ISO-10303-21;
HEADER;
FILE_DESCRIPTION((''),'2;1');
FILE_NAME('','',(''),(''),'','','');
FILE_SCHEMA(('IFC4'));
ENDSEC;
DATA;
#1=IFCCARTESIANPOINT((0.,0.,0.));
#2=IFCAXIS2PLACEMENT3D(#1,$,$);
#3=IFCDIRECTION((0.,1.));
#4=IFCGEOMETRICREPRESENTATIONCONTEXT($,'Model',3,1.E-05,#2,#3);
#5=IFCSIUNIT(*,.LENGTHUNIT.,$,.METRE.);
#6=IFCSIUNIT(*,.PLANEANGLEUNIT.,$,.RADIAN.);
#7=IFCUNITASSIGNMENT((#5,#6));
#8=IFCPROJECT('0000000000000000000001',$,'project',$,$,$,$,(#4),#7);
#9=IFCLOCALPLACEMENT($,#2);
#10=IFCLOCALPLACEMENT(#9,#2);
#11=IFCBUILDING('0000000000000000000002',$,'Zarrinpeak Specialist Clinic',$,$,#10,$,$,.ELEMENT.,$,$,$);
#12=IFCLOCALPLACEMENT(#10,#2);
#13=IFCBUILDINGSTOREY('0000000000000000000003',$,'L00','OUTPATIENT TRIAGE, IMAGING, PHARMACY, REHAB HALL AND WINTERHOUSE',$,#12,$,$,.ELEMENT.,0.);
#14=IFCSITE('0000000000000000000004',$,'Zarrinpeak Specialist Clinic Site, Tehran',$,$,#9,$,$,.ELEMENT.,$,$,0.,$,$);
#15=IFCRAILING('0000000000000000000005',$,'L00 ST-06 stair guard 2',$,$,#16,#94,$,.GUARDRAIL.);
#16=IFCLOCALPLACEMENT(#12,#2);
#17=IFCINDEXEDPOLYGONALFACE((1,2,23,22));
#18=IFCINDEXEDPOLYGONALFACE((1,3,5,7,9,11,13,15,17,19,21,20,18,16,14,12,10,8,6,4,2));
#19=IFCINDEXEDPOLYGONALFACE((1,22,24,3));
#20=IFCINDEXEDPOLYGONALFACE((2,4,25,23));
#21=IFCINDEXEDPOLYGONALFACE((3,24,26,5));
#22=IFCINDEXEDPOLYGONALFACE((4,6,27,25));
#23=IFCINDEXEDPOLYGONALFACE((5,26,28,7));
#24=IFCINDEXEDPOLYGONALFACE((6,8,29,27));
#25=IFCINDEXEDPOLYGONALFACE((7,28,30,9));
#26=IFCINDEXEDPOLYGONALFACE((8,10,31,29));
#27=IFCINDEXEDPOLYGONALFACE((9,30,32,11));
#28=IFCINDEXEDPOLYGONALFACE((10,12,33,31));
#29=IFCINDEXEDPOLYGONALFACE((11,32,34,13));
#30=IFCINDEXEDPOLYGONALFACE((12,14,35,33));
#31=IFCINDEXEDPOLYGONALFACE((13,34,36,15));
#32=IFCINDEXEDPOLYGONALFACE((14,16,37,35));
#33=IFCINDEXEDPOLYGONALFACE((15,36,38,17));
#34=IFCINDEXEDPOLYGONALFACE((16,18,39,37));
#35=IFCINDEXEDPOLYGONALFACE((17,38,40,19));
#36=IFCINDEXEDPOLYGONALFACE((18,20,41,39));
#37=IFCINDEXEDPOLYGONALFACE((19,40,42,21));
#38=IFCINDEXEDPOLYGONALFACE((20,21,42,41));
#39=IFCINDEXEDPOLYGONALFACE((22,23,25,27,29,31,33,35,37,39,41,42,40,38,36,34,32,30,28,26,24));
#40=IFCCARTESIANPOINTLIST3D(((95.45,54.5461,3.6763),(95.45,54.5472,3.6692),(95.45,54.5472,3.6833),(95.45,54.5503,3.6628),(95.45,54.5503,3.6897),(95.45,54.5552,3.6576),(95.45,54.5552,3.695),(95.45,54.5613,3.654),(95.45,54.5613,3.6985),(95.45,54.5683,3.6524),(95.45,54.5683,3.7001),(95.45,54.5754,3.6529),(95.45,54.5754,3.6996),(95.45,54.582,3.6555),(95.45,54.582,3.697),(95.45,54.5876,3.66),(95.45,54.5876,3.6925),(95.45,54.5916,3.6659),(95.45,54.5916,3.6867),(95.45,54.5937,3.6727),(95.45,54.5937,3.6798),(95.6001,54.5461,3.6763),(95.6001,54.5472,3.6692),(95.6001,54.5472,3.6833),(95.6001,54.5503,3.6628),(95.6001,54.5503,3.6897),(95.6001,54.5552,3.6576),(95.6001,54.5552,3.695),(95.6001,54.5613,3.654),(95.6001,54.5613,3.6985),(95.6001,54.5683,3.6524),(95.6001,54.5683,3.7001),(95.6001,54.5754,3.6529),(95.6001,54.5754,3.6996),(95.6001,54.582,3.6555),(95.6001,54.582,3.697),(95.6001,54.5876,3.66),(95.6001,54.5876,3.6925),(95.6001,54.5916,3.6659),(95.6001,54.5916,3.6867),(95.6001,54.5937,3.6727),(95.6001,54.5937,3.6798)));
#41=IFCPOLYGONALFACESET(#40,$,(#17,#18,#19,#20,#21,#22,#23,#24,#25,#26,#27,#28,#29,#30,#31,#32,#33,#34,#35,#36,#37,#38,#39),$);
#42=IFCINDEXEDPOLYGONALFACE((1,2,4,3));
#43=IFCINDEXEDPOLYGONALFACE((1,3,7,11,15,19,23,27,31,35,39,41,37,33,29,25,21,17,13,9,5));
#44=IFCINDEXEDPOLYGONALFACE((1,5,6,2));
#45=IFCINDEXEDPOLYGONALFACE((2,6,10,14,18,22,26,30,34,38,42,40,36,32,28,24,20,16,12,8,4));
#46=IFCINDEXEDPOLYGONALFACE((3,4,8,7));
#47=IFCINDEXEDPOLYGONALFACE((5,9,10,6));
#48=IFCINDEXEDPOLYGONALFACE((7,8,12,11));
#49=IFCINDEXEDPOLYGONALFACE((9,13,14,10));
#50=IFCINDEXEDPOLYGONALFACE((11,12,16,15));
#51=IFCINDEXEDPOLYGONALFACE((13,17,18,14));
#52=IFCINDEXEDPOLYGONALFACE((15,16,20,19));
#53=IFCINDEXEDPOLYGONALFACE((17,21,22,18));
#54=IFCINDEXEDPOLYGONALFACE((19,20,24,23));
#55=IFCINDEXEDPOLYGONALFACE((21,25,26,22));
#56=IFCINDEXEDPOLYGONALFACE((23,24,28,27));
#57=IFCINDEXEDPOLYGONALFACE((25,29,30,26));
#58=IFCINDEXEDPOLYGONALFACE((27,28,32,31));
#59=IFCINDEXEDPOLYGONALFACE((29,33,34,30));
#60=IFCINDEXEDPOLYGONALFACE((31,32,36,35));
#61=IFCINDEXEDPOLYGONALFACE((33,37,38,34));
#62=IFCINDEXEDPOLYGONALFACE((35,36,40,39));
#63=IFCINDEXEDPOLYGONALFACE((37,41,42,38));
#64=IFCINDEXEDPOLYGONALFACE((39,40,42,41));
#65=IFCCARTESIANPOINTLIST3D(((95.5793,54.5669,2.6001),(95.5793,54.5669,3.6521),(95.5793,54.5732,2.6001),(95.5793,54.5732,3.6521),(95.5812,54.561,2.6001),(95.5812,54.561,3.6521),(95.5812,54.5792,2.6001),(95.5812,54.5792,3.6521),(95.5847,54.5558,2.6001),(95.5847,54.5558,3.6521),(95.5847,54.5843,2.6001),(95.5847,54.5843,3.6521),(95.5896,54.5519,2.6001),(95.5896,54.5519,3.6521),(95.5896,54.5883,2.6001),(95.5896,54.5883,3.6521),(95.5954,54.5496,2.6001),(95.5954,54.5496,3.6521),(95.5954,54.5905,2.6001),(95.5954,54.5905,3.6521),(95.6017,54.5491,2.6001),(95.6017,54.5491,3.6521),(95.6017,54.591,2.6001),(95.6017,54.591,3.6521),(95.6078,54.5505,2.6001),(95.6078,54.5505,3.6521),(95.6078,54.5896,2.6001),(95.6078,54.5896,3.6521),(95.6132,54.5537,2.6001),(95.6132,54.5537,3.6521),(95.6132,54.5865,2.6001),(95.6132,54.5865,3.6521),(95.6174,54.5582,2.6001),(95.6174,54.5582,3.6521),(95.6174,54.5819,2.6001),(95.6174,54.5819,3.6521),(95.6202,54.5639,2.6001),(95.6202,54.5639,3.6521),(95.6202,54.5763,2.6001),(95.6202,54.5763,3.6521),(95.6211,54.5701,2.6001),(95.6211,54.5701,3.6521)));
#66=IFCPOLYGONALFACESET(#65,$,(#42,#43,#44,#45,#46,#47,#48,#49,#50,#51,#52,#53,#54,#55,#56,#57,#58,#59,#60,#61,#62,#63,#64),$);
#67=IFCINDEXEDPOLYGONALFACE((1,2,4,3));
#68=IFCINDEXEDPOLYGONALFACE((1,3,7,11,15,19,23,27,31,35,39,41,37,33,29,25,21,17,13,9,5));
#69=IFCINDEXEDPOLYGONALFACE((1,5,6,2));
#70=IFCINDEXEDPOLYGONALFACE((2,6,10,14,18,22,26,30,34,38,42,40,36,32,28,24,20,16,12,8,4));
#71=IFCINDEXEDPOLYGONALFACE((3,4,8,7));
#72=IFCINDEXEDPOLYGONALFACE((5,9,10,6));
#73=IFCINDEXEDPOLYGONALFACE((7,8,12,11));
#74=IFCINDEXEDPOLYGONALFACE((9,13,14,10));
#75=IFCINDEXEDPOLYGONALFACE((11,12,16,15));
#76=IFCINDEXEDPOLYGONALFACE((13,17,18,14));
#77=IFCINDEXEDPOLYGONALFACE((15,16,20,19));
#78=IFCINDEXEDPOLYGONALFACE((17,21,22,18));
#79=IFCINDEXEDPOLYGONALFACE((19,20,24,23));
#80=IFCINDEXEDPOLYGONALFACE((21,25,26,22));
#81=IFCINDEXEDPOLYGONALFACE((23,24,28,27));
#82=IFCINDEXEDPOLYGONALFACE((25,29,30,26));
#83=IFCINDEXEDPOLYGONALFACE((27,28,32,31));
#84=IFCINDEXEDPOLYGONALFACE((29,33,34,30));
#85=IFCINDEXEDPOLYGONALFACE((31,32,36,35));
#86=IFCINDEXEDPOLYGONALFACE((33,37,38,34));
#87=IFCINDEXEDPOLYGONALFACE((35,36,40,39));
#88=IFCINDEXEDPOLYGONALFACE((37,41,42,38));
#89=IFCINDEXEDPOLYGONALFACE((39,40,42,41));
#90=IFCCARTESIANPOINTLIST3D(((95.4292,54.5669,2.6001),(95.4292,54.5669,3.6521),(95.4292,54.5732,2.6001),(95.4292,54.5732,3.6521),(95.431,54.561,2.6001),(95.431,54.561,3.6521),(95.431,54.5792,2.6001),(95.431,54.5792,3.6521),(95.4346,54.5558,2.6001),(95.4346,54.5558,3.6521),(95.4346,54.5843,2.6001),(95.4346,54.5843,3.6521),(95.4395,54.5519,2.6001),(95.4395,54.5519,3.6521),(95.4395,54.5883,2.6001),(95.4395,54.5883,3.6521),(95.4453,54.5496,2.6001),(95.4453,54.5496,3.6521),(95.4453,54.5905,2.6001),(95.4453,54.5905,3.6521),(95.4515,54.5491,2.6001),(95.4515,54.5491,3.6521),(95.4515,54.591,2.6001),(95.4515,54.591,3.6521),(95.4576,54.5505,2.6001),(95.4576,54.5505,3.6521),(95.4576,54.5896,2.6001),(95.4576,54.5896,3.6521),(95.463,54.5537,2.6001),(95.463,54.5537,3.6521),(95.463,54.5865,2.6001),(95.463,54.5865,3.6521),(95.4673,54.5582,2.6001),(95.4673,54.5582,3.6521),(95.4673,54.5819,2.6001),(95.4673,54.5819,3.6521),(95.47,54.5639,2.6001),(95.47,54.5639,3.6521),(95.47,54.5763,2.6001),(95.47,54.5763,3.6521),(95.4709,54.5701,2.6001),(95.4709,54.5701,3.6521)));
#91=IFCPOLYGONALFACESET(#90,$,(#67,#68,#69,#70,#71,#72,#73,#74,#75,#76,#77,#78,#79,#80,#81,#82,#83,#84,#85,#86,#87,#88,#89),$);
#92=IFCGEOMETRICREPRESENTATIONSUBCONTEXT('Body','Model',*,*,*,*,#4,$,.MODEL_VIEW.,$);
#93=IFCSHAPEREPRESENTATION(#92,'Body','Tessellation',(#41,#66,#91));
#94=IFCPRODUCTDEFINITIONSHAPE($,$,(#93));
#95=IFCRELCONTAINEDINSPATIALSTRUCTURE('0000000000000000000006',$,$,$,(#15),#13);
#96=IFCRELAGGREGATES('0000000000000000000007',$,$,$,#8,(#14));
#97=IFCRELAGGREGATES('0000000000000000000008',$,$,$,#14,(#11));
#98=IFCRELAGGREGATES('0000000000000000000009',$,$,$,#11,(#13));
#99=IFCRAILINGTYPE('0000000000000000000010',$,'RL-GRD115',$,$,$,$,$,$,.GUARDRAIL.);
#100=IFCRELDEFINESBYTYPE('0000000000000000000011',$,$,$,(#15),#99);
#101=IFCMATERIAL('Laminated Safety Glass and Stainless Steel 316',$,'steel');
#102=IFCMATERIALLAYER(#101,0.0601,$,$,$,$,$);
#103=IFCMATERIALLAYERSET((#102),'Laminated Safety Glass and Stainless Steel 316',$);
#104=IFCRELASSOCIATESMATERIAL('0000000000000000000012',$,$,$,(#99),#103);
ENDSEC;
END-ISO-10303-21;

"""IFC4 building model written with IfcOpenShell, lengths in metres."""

from ifc_helpers import new_model, si_unit, direction, frame, origin, origin_2d, place, context, subcontext, project, spatial, circle, extrude, material, layer, layer_set, type_object, element, save


model = new_model("IFC4")

# Units and contexts
model_context = context("Model", 3, precision=1e-05, world=origin(), true_north=direction((0.0, 1.0)))
body_context = subcontext(model_context, "Body", "Model", "MODEL_VIEW")
ifc_project = project(units=[si_unit("LENGTHUNIT", "METRE"), si_unit("PLANEANGLEUNIT", "RADIAN")], contexts=[model_context])

# Site, building, storey
site_placement = place(None, origin())
site = spatial("IfcSite", under=ifc_project, at=site_placement, Name="Zarrinpeak Specialist Clinic Site, Tehran", CompositionType="ELEMENT", RefElevation=0.0)
building_placement = place(site_placement, origin())
building = spatial("IfcBuilding", under=site, at=building_placement, Name="Zarrinpeak Specialist Clinic", CompositionType="ELEMENT")
storey_placement = place(building_placement, origin())
storey = spatial("IfcBuildingStorey", under=building, at=storey_placement, Name="L00", Description="OUTPATIENT TRIAGE, IMAGING, PHARMACY, REHAB HALL AND WINTERHOUSE", CompositionType="ELEMENT", Elevation=0.0)

# Railing
ifc_material_1 = material(Name="Laminated Safety Glass and Stainless Steel 316", Category="steel")
ifc_layer_1 = layer(ifc_material_1, 0.0601)
ifc_layer_set_1 = layer_set([ifc_layer_1], Name="Laminated Safety Glass and Stainless Steel 316")
railing_type_1 = type_object("IfcRailingType", Name="RL-GRD115", PredefinedType="GUARDRAIL", material=ifc_layer_set_1)
railing_1_placement = place(storey_placement, frame((95.6001, 54.5701, 2.6001)))
element("IfcRailing", 1, at=railing_1_placement, inside=storey, type_object=railing_type_1, Name="L00 ST-06 stair guard 2", PredefinedType="GUARDRAIL", context=body_context, shape_type="SweptSolid", body=[
    extrude(circle(Radius=0.0239, at=origin_2d()), frame((0.0, 0.0, 1.0762), z_axis=(-1.0, 0.0, 0.0), x_axis=(0.0, -1.0, 0.0)), (0.0, 0.0, 1.0), 0.1501),
    extrude(circle(Radius=0.021, at=origin_2d()), origin(), (0.0, 0.0, 1.0), 1.052),
    extrude(circle(Radius=0.021, at=origin_2d()), frame((-0.1501, 0.0, 0.0)), (0.0, 0.0, 1.0), 1.052),
])

save(model, "model.ifc")
